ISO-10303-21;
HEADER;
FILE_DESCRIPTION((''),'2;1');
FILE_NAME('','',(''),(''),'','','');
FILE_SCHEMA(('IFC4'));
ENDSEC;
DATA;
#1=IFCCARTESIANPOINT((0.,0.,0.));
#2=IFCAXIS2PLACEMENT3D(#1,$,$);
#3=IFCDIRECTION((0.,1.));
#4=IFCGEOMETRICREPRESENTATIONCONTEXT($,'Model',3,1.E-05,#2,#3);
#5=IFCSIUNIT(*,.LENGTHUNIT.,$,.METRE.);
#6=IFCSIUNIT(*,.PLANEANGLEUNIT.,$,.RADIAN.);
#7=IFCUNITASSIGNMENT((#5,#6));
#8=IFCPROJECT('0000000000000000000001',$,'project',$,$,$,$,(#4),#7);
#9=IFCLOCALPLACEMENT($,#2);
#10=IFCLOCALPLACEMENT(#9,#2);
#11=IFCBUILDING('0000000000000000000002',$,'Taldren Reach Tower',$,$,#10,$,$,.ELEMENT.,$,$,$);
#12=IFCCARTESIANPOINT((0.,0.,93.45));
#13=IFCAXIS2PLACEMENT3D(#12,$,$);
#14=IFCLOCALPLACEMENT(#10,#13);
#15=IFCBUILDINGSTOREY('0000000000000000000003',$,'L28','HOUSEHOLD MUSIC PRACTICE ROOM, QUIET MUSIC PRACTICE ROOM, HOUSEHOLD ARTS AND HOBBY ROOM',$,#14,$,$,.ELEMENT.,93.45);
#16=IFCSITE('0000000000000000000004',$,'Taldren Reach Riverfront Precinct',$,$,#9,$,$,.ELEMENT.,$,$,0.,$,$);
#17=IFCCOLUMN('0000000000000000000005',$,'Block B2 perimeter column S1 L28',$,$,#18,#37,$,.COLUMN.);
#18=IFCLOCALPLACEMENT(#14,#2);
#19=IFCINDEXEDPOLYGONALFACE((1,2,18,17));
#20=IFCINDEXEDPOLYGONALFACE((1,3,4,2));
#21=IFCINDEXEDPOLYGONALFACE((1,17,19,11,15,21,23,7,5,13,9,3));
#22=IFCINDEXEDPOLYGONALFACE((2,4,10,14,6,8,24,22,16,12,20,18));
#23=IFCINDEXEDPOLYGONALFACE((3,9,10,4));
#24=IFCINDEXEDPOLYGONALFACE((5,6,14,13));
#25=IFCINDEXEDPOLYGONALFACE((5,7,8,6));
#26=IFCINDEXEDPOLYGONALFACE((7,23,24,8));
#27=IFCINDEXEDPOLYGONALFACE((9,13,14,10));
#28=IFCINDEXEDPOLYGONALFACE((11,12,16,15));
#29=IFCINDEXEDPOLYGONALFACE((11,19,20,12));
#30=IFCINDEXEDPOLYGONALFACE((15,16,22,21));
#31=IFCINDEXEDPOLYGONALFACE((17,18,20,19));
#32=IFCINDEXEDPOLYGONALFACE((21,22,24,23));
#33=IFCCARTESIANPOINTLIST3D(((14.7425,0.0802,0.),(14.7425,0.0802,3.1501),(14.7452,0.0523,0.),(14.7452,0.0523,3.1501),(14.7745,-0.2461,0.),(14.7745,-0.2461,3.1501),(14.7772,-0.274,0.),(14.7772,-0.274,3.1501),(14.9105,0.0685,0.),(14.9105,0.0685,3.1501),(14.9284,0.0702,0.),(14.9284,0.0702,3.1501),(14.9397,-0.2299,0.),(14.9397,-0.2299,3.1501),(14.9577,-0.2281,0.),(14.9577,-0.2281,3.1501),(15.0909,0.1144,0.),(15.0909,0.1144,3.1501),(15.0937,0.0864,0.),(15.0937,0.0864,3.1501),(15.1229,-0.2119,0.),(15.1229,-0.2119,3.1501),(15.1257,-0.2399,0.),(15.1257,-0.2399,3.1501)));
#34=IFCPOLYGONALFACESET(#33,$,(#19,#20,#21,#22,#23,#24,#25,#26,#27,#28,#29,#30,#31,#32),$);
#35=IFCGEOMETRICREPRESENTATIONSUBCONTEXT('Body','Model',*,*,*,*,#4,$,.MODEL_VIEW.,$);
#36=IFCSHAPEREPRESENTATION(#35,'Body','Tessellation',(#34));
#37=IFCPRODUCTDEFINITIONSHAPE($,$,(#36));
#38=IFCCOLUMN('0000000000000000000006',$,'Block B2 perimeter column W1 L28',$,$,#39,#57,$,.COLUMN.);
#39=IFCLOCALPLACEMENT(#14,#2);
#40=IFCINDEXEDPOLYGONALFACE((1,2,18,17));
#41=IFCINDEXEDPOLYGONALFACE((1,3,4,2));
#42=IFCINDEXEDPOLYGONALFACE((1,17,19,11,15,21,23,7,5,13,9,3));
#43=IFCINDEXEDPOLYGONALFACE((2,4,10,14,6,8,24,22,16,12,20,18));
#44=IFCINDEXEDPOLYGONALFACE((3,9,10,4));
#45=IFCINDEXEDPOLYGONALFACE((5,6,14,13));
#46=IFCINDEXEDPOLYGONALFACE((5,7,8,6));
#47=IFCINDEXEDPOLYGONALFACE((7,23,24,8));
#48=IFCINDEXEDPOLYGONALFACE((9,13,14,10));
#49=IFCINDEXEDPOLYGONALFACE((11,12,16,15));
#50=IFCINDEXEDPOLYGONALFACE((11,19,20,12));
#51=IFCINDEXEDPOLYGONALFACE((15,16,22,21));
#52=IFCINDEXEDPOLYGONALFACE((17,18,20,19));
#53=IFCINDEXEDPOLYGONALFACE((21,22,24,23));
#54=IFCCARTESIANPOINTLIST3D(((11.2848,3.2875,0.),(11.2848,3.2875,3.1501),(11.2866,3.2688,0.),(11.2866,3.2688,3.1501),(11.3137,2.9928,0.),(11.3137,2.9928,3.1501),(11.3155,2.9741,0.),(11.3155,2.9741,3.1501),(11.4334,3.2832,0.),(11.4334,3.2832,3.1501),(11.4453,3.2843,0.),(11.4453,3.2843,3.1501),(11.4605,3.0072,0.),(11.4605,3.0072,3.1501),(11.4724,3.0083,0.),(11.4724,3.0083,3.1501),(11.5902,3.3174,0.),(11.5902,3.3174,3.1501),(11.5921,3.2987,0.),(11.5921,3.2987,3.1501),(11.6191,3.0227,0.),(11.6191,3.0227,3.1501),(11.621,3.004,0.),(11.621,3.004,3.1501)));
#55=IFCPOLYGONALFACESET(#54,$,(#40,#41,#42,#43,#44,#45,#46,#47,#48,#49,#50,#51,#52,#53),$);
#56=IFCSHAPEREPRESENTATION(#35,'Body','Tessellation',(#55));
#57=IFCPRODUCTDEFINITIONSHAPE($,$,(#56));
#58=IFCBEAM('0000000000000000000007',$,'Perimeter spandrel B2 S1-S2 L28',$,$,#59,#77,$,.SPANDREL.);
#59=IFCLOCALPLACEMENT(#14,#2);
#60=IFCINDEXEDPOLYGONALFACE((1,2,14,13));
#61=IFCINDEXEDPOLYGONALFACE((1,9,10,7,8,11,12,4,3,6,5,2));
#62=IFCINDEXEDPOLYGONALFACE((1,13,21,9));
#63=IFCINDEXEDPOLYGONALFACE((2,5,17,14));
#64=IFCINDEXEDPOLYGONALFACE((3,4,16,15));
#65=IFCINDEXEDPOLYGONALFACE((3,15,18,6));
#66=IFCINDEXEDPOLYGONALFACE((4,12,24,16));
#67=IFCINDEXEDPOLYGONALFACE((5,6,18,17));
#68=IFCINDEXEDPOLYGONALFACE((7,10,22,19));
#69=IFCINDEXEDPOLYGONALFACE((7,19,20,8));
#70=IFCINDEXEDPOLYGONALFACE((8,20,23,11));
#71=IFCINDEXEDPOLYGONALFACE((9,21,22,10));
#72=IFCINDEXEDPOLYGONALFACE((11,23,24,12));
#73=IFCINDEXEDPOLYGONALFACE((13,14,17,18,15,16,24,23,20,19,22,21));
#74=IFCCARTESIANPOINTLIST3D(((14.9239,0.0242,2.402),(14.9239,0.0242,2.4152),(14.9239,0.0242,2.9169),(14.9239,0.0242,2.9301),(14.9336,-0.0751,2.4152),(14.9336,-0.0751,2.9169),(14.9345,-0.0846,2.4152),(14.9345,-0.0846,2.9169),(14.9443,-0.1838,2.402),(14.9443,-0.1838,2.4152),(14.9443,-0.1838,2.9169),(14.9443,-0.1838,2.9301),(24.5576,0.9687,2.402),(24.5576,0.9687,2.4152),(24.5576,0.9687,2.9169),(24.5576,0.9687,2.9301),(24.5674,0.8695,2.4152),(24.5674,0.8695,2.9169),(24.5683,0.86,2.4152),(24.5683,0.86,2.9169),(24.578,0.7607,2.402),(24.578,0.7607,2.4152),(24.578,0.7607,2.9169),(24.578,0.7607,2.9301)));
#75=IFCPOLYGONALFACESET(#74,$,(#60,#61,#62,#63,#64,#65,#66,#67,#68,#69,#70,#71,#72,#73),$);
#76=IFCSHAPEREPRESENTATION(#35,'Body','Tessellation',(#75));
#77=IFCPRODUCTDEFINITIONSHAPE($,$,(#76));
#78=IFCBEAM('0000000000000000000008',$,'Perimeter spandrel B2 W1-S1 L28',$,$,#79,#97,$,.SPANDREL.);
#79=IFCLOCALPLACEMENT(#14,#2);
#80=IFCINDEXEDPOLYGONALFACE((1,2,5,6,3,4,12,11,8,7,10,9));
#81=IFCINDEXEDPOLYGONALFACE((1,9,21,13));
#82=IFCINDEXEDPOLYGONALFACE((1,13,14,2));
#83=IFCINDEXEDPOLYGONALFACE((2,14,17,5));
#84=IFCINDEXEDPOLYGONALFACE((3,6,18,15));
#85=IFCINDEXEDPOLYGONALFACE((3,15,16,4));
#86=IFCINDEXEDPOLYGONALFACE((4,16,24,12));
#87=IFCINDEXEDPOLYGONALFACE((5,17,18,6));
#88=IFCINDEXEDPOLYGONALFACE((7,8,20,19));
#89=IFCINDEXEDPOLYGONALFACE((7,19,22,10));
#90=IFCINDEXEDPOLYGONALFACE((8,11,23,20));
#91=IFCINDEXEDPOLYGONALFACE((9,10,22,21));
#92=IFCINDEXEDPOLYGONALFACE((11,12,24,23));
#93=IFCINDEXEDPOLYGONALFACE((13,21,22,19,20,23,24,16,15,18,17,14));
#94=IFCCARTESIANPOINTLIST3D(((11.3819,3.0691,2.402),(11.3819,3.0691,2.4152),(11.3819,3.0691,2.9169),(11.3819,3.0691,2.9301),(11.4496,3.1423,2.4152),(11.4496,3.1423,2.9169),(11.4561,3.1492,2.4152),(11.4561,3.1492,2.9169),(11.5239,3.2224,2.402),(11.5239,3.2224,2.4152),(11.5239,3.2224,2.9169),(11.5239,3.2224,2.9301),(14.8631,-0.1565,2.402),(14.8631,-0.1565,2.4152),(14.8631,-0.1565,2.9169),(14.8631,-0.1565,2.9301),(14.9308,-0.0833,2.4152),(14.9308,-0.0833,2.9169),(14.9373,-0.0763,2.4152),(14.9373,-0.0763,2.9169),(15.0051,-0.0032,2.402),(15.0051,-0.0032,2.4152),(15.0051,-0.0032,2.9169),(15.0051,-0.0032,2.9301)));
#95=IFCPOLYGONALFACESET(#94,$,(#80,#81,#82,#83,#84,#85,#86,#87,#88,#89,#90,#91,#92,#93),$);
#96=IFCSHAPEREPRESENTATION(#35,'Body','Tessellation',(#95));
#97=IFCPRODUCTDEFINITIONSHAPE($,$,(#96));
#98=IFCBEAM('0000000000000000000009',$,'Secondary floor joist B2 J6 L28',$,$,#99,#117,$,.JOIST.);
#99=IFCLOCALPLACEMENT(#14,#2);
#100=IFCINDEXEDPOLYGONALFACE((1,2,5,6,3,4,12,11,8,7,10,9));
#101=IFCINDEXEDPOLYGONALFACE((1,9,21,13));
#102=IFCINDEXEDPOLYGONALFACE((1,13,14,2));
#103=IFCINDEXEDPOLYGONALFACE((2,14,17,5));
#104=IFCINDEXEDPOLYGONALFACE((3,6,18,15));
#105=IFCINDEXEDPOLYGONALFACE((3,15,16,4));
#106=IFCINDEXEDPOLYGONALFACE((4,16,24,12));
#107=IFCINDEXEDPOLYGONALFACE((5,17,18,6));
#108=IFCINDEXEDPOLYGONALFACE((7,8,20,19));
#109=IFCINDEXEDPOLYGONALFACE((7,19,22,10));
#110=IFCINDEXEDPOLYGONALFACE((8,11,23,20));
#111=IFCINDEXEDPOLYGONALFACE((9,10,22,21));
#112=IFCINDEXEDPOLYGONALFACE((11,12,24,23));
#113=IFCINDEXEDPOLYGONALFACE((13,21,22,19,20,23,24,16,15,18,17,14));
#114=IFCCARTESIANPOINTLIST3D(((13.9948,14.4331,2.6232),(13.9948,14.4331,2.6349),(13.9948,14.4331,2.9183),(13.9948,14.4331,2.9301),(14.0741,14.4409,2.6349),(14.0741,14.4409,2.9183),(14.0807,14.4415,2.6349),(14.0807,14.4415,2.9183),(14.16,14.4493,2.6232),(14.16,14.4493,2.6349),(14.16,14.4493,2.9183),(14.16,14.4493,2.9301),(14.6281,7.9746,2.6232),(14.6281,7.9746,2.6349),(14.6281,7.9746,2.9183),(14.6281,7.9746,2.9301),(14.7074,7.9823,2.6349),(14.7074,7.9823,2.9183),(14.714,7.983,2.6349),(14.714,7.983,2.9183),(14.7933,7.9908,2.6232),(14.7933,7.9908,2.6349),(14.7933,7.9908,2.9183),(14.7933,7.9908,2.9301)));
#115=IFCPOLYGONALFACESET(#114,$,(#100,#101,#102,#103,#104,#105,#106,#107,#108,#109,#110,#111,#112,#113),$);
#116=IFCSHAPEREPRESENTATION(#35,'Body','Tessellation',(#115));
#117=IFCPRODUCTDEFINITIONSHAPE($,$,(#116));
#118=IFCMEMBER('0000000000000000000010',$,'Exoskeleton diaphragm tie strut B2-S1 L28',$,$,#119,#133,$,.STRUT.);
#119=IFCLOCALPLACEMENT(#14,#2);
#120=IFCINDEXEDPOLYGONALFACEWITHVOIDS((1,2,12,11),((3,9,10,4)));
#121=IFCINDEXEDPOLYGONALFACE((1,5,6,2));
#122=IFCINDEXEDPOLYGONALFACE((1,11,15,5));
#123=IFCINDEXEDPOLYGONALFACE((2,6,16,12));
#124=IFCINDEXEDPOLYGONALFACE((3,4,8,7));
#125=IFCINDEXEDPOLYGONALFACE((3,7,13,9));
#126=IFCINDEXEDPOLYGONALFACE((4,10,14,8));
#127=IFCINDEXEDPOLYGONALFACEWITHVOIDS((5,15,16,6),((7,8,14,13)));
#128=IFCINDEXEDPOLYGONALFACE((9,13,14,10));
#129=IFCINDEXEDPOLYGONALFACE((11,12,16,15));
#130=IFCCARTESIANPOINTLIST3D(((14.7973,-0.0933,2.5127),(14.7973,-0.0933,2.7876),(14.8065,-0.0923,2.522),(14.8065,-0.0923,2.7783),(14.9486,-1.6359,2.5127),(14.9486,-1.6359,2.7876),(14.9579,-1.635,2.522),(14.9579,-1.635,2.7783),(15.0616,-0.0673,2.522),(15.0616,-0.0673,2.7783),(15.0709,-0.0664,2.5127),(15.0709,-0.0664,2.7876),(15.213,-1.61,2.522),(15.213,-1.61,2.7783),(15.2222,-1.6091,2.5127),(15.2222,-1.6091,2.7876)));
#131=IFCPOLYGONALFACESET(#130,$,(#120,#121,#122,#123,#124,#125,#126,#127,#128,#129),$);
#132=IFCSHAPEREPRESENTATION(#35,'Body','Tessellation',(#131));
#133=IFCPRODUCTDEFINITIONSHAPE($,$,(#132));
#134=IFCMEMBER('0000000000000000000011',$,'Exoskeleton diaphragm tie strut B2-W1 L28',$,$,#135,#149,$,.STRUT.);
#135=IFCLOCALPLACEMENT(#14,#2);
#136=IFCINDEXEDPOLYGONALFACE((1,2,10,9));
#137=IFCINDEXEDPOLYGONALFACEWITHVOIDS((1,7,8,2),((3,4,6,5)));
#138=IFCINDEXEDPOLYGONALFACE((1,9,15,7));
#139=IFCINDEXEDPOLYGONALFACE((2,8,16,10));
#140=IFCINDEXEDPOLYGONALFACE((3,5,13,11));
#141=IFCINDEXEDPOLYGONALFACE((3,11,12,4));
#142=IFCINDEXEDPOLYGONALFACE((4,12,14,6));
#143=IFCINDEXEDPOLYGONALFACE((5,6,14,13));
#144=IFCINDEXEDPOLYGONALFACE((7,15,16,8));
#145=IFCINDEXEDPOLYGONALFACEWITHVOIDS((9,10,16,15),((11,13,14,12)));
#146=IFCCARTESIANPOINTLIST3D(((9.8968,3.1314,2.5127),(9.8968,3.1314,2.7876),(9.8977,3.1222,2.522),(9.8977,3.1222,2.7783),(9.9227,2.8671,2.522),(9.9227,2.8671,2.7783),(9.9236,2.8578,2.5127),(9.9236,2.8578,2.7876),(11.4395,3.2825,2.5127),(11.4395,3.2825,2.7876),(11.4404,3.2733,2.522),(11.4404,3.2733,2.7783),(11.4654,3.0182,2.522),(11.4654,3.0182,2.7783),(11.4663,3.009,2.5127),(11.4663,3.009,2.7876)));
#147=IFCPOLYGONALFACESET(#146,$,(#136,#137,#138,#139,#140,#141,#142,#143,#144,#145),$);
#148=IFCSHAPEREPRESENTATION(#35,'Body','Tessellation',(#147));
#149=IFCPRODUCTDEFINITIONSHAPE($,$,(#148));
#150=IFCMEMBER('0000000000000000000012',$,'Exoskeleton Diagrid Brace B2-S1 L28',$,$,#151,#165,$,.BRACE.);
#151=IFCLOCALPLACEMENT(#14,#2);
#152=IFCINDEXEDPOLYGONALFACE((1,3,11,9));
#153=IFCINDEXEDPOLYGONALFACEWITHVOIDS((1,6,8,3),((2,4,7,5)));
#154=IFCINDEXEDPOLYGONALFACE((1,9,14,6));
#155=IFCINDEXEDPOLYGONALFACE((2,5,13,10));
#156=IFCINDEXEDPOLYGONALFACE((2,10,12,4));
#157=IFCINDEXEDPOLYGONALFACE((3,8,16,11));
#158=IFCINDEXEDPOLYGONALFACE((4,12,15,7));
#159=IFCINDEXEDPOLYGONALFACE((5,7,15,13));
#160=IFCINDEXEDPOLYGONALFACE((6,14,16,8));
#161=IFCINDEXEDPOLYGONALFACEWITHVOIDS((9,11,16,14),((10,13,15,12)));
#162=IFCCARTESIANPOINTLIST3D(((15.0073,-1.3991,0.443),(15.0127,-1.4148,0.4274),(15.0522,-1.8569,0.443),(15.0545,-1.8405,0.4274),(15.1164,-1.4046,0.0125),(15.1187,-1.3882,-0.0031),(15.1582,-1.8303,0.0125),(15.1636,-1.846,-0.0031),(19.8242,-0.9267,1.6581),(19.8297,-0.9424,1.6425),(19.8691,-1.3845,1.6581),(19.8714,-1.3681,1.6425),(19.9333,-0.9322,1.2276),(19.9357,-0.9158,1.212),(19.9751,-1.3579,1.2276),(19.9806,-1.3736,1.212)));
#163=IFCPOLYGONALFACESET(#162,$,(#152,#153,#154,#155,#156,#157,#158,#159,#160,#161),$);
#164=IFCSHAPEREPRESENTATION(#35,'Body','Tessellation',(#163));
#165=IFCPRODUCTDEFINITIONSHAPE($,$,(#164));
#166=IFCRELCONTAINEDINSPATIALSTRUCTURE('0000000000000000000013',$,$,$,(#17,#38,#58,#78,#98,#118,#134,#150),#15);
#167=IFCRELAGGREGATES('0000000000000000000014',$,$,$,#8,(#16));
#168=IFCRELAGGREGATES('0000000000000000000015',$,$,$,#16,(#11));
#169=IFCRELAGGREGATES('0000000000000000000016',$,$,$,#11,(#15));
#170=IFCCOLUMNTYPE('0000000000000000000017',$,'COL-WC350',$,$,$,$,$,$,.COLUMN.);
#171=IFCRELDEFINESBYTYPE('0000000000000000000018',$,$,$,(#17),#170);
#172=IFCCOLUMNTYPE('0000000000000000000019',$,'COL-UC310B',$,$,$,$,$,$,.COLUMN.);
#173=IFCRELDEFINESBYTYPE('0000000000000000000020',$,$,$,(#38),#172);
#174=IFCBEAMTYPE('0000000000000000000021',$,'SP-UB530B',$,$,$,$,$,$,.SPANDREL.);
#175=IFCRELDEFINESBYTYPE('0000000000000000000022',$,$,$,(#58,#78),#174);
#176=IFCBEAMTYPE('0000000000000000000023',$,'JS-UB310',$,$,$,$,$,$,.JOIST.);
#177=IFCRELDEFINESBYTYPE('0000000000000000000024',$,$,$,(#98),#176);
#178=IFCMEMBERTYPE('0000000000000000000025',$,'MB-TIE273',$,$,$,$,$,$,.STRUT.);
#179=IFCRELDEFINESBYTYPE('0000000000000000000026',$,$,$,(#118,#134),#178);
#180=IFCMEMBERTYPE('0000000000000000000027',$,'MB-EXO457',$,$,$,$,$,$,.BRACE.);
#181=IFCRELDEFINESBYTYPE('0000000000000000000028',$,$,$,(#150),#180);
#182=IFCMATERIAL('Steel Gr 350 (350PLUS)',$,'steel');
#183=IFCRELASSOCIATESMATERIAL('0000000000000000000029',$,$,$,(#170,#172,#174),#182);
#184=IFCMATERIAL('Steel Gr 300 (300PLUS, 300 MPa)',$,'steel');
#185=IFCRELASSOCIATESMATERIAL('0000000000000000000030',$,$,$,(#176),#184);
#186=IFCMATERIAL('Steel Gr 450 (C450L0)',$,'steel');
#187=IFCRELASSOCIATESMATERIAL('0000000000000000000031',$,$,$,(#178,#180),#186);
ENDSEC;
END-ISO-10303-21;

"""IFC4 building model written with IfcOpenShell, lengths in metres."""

from ifc_helpers import new_model, si_unit, direction, frame, origin, origin_2d, place, context, subcontext, project, spatial, hollow_rectangle, i_section, extrude, source, transform, mapped, material, material_profile, profile_set, type_object, element, save


model = new_model("IFC4")

# Units and contexts
model_context = context("Model", 3, precision=1e-05, world=origin(), true_north=direction((0.0, 1.0)))
body_context = subcontext(model_context, "Body", "Model", "MODEL_VIEW")
ifc_project = project(units=[si_unit("LENGTHUNIT", "METRE"), si_unit("PLANEANGLEUNIT", "RADIAN")], contexts=[model_context])

# Site, building, storey
site_placement = place(None, origin())
site = spatial("IfcSite", under=ifc_project, at=site_placement, Name="Taldren Reach Riverfront Precinct", CompositionType="ELEMENT", RefElevation=0.0)
building_placement = place(site_placement, origin())
building = spatial("IfcBuilding", under=site, at=building_placement, Name="Taldren Reach Tower", CompositionType="ELEMENT")
storey_placement = place(building_placement, frame((0.0, 0.0, 93.45)))
storey = spatial("IfcBuildingStorey", under=building, at=storey_placement, Name="L28", Description="HOUSEHOLD MUSIC PRACTICE ROOM, QUIET MUSIC PRACTICE ROOM, HOUSEHOLD ARTS AND HOBBY ROOM", CompositionType="ELEMENT", Elevation=93.45)

# Columns
ifc_material_1 = material(Name="Steel Gr 350 (350PLUS)", Category="steel")
ifc_material_profile_1 = material_profile(ifc_material_1, i_section(OverallWidth=0.3501, OverallDepth=0.356, WebThickness=0.0181, FlangeThickness=0.0281, at=origin_2d()), Name="350WC197")
ifc_profile_set_1 = profile_set([ifc_material_profile_1], Name="Steel Gr 350 (350PLUS)")
column_type_1 = type_object("IfcColumnType", Name="COL-WC350", PredefinedType="COLUMN", material=ifc_profile_set_1)
shared_shape_1 = source(origin(), body_context, "Body", "SweptSolid", [
    extrude(i_section(OverallWidth=0.3501, OverallDepth=0.356, WebThickness=0.0181, FlangeThickness=0.0281, at=origin_2d()), origin(), (0.0, 0.0, 1.0), 3.1501),
])
column_1_placement = place(storey_placement, frame((14.9341, -0.0798, 0.0), z_axis=(0.0, 0.0, 1.0), x_axis=(0.995227, 0.097583, 0.0)))
element("IfcColumn", 1, at=column_1_placement, inside=storey, type_object=column_type_1, Name="Block B2 perimeter column S1 L28", PredefinedType="COLUMN", context=body_context, shape_type="MappedRepresentation", body=[
    mapped(shared_shape_1, transform((0.0, 0.0, 0.0), scale=1.0)),
])
ifc_material_profile_2 = material_profile(ifc_material_1, i_section(OverallWidth=0.3069, OverallDepth=0.3149, WebThickness=0.012, FlangeThickness=0.0188, at=origin_2d()), Name="310UC118")
ifc_profile_set_2 = profile_set([ifc_material_profile_2], Name="Steel Gr 350 (350PLUS)")
column_type_2 = type_object("IfcColumnType", Name="COL-UC310B", PredefinedType="COLUMN", material=ifc_profile_set_2)
shared_shape_2 = source(origin(), body_context, "Body", "SweptSolid", [
    extrude(i_section(OverallWidth=0.3069, OverallDepth=0.3149, WebThickness=0.012, FlangeThickness=0.0188, at=origin_2d()), origin(), (0.0, 0.0, 1.0), 3.1501),
])
column_2_placement = place(storey_placement, frame((11.4529, 3.1458, 0.0), z_axis=(0.0, 0.0, 1.0), x_axis=(0.995227, 0.097583, 0.0)))
element("IfcColumn", 2, at=column_2_placement, inside=storey, type_object=column_type_2, Name="Block B2 perimeter column W1 L28", PredefinedType="COLUMN", context=body_context, shape_type="MappedRepresentation", body=[
    mapped(shared_shape_2, transform((0.0, 0.0, 0.0), scale=1.0)),
])

# Beams
ifc_material_profile_3 = material_profile(ifc_material_1, i_section(OverallWidth=0.209, OverallDepth=0.5281, WebThickness=0.0095, FlangeThickness=0.0132, at=origin_2d()), Name="530UB82.0")
ifc_profile_set_3 = profile_set([ifc_material_profile_3], Name="Steel Gr 350 (350PLUS)")
beam_type_1 = type_object("IfcBeamType", Name="SP-UB530B", PredefinedType="SPANDREL", material=ifc_profile_set_3)
shared_shape_3 = source(origin(), body_context, "Body", "SweptSolid", [
    extrude(i_section(OverallWidth=0.209, OverallDepth=0.5281, WebThickness=0.0095, FlangeThickness=0.0132, at=origin_2d()), origin(), (0.0, 0.0, 1.0), 9.6799),
])
beam_1_placement = place(storey_placement, frame((14.9341, -0.0798, 2.666), z_axis=(0.995228, 0.097581, 0.0), x_axis=(-0.097581, 0.995228, 0.0)))
element("IfcBeam", 3, at=beam_1_placement, inside=storey, type_object=beam_type_1, Name="Perimeter spandrel B2 S1-S2 L28", PredefinedType="SPANDREL", context=body_context, shape_type="MappedRepresentation", body=[
    mapped(shared_shape_3, transform((0.0, 0.0, 0.0), scale=1.0)),
])
shared_shape_4 = source(origin(), body_context, "Body", "SweptSolid", [
    extrude(i_section(OverallWidth=0.209, OverallDepth=0.5281, WebThickness=0.0095, FlangeThickness=0.0132, at=origin_2d()), origin(), (0.0, 0.0, 1.0), 4.7458),
])
beam_2_placement = place(storey_placement, frame((11.4529, 3.1458, 2.666), z_axis=(0.733524, -0.679663, 0.0), x_axis=(0.679663, 0.733524, 0.0)))
element("IfcBeam", 4, at=beam_2_placement, inside=storey, type_object=beam_type_1, Name="Perimeter spandrel B2 W1-S1 L28", PredefinedType="SPANDREL", context=body_context, shape_type="MappedRepresentation", body=[
    mapped(shared_shape_4, transform((0.0, 0.0, 0.0), scale=1.0)),
])
ifc_material_2 = material(Name="Steel Gr 300 (300PLUS, 300 MPa)", Category="steel")
ifc_material_profile_4 = material_profile(ifc_material_2, i_section(OverallWidth=0.166, OverallDepth=0.3069, WebThickness=0.0066, FlangeThickness=0.0117, at=origin_2d()), Name="310UB46.2")
ifc_profile_set_4 = profile_set([ifc_material_profile_4], Name="Steel Gr 300 (300PLUS, 300 MPa)")
beam_type_2 = type_object("IfcBeamType", Name="JS-UB310", PredefinedType="JOIST", material=ifc_profile_set_4)
shared_shape_5 = source(origin(), body_context, "Body", "SweptSolid", [
    extrude(i_section(OverallWidth=0.166, OverallDepth=0.3069, WebThickness=0.0066, FlangeThickness=0.0117, at=origin_2d()), origin(), (0.0, 0.0, 1.0), 6.4895),
])
beam_3_placement = place(storey_placement, frame((14.7107, 7.9827, 2.7766), z_axis=(-0.097589, 0.995227, 0.0), x_axis=(-0.995227, -0.097589, 0.0)))
element("IfcBeam", 5, at=beam_3_placement, inside=storey, type_object=beam_type_2, Name="Secondary floor joist B2 J6 L28", PredefinedType="JOIST", context=body_context, shape_type="MappedRepresentation", body=[
    mapped(shared_shape_5, transform((0.0, 0.0, 0.0), scale=1.0)),
])

# Members
ifc_material_3 = material(Name="Steel Gr 450 (C450L0)", Category="steel")
ifc_material_profile_5 = material_profile(ifc_material_3, hollow_rectangle(XDim=0.2749, YDim=0.2749, WallThickness=0.0093, at=origin_2d()), Name="275x275x9.3SHS")
ifc_profile_set_5 = profile_set([ifc_material_profile_5], Name="Steel Gr 450 (C450L0)")
member_type_1 = type_object("IfcMemberType", Name="MB-TIE273", PredefinedType="STRUT", material=ifc_profile_set_5)
shared_shape_6 = source(origin(), body_context, "Body", "SweptSolid", [
    extrude(hollow_rectangle(XDim=0.2749, YDim=0.2749, WallThickness=0.0093, at=origin_2d()), origin(), (0.0, 0.0, 1.0), 1.55),
])
for number, where, z_axis, x_axis, name in (
    (6, (14.9341, -0.0798, 2.6501), (0.097648, -0.995221, 0.0), (0.995221, 0.097648, 0.0), "Exoskeleton diaphragm tie strut B2-S1 L28"),
    (7, (11.4529, 3.1458, 2.6501), (-0.995236, -0.097492, 0.0), (0.097492, -0.995236, 0.0), "Exoskeleton diaphragm tie strut B2-W1 L28"),
):
    element("IfcMember", number, at=place(storey_placement, frame(where, z_axis=z_axis, x_axis=x_axis)), inside=storey, type_object=member_type_1, Name=name, PredefinedType="STRUT", context=body_context, shape_type="MappedRepresentation", body=[
        mapped(shared_shape_6, transform((0.0, 0.0, 0.0), scale=1.0)),
    ])
ifc_material_profile_6 = material_profile(ifc_material_3, hollow_rectangle(XDim=0.46, YDim=0.46, WallThickness=0.0161, at=origin_2d()), Name="460x460x16.0SHS")
ifc_profile_set_6 = profile_set([ifc_material_profile_6], Name="Steel Gr 450 (C450L0)")
member_type_2 = type_object("IfcMemberType", Name="MB-EXO457", PredefinedType="BRACE", material=ifc_profile_set_6)
shared_shape_7 = source(origin(), body_context, "Body", "SweptSolid", [
    extrude(hollow_rectangle(XDim=0.46, YDim=0.46, WallThickness=0.0161, at=origin_2d()), origin(), (0.0, 0.0, 1.0), 4.9902),
])
member_1_placement = place(storey_placement, frame((15.0854, -1.6226, 0.22), z_axis=(0.965271, 0.094668, 0.243495), x_axis=(-0.097606, 0.995225, 0.0)))
element("IfcMember", 8, at=member_1_placement, inside=storey, type_object=member_type_2, Name="Exoskeleton Diagrid Brace B2-S1 L28", PredefinedType="BRACE", context=body_context, shape_type="MappedRepresentation", body=[
    mapped(shared_shape_7, transform((0.0, 0.0, 0.0), scale=1.0)),
])

save(model, "model.ifc")
